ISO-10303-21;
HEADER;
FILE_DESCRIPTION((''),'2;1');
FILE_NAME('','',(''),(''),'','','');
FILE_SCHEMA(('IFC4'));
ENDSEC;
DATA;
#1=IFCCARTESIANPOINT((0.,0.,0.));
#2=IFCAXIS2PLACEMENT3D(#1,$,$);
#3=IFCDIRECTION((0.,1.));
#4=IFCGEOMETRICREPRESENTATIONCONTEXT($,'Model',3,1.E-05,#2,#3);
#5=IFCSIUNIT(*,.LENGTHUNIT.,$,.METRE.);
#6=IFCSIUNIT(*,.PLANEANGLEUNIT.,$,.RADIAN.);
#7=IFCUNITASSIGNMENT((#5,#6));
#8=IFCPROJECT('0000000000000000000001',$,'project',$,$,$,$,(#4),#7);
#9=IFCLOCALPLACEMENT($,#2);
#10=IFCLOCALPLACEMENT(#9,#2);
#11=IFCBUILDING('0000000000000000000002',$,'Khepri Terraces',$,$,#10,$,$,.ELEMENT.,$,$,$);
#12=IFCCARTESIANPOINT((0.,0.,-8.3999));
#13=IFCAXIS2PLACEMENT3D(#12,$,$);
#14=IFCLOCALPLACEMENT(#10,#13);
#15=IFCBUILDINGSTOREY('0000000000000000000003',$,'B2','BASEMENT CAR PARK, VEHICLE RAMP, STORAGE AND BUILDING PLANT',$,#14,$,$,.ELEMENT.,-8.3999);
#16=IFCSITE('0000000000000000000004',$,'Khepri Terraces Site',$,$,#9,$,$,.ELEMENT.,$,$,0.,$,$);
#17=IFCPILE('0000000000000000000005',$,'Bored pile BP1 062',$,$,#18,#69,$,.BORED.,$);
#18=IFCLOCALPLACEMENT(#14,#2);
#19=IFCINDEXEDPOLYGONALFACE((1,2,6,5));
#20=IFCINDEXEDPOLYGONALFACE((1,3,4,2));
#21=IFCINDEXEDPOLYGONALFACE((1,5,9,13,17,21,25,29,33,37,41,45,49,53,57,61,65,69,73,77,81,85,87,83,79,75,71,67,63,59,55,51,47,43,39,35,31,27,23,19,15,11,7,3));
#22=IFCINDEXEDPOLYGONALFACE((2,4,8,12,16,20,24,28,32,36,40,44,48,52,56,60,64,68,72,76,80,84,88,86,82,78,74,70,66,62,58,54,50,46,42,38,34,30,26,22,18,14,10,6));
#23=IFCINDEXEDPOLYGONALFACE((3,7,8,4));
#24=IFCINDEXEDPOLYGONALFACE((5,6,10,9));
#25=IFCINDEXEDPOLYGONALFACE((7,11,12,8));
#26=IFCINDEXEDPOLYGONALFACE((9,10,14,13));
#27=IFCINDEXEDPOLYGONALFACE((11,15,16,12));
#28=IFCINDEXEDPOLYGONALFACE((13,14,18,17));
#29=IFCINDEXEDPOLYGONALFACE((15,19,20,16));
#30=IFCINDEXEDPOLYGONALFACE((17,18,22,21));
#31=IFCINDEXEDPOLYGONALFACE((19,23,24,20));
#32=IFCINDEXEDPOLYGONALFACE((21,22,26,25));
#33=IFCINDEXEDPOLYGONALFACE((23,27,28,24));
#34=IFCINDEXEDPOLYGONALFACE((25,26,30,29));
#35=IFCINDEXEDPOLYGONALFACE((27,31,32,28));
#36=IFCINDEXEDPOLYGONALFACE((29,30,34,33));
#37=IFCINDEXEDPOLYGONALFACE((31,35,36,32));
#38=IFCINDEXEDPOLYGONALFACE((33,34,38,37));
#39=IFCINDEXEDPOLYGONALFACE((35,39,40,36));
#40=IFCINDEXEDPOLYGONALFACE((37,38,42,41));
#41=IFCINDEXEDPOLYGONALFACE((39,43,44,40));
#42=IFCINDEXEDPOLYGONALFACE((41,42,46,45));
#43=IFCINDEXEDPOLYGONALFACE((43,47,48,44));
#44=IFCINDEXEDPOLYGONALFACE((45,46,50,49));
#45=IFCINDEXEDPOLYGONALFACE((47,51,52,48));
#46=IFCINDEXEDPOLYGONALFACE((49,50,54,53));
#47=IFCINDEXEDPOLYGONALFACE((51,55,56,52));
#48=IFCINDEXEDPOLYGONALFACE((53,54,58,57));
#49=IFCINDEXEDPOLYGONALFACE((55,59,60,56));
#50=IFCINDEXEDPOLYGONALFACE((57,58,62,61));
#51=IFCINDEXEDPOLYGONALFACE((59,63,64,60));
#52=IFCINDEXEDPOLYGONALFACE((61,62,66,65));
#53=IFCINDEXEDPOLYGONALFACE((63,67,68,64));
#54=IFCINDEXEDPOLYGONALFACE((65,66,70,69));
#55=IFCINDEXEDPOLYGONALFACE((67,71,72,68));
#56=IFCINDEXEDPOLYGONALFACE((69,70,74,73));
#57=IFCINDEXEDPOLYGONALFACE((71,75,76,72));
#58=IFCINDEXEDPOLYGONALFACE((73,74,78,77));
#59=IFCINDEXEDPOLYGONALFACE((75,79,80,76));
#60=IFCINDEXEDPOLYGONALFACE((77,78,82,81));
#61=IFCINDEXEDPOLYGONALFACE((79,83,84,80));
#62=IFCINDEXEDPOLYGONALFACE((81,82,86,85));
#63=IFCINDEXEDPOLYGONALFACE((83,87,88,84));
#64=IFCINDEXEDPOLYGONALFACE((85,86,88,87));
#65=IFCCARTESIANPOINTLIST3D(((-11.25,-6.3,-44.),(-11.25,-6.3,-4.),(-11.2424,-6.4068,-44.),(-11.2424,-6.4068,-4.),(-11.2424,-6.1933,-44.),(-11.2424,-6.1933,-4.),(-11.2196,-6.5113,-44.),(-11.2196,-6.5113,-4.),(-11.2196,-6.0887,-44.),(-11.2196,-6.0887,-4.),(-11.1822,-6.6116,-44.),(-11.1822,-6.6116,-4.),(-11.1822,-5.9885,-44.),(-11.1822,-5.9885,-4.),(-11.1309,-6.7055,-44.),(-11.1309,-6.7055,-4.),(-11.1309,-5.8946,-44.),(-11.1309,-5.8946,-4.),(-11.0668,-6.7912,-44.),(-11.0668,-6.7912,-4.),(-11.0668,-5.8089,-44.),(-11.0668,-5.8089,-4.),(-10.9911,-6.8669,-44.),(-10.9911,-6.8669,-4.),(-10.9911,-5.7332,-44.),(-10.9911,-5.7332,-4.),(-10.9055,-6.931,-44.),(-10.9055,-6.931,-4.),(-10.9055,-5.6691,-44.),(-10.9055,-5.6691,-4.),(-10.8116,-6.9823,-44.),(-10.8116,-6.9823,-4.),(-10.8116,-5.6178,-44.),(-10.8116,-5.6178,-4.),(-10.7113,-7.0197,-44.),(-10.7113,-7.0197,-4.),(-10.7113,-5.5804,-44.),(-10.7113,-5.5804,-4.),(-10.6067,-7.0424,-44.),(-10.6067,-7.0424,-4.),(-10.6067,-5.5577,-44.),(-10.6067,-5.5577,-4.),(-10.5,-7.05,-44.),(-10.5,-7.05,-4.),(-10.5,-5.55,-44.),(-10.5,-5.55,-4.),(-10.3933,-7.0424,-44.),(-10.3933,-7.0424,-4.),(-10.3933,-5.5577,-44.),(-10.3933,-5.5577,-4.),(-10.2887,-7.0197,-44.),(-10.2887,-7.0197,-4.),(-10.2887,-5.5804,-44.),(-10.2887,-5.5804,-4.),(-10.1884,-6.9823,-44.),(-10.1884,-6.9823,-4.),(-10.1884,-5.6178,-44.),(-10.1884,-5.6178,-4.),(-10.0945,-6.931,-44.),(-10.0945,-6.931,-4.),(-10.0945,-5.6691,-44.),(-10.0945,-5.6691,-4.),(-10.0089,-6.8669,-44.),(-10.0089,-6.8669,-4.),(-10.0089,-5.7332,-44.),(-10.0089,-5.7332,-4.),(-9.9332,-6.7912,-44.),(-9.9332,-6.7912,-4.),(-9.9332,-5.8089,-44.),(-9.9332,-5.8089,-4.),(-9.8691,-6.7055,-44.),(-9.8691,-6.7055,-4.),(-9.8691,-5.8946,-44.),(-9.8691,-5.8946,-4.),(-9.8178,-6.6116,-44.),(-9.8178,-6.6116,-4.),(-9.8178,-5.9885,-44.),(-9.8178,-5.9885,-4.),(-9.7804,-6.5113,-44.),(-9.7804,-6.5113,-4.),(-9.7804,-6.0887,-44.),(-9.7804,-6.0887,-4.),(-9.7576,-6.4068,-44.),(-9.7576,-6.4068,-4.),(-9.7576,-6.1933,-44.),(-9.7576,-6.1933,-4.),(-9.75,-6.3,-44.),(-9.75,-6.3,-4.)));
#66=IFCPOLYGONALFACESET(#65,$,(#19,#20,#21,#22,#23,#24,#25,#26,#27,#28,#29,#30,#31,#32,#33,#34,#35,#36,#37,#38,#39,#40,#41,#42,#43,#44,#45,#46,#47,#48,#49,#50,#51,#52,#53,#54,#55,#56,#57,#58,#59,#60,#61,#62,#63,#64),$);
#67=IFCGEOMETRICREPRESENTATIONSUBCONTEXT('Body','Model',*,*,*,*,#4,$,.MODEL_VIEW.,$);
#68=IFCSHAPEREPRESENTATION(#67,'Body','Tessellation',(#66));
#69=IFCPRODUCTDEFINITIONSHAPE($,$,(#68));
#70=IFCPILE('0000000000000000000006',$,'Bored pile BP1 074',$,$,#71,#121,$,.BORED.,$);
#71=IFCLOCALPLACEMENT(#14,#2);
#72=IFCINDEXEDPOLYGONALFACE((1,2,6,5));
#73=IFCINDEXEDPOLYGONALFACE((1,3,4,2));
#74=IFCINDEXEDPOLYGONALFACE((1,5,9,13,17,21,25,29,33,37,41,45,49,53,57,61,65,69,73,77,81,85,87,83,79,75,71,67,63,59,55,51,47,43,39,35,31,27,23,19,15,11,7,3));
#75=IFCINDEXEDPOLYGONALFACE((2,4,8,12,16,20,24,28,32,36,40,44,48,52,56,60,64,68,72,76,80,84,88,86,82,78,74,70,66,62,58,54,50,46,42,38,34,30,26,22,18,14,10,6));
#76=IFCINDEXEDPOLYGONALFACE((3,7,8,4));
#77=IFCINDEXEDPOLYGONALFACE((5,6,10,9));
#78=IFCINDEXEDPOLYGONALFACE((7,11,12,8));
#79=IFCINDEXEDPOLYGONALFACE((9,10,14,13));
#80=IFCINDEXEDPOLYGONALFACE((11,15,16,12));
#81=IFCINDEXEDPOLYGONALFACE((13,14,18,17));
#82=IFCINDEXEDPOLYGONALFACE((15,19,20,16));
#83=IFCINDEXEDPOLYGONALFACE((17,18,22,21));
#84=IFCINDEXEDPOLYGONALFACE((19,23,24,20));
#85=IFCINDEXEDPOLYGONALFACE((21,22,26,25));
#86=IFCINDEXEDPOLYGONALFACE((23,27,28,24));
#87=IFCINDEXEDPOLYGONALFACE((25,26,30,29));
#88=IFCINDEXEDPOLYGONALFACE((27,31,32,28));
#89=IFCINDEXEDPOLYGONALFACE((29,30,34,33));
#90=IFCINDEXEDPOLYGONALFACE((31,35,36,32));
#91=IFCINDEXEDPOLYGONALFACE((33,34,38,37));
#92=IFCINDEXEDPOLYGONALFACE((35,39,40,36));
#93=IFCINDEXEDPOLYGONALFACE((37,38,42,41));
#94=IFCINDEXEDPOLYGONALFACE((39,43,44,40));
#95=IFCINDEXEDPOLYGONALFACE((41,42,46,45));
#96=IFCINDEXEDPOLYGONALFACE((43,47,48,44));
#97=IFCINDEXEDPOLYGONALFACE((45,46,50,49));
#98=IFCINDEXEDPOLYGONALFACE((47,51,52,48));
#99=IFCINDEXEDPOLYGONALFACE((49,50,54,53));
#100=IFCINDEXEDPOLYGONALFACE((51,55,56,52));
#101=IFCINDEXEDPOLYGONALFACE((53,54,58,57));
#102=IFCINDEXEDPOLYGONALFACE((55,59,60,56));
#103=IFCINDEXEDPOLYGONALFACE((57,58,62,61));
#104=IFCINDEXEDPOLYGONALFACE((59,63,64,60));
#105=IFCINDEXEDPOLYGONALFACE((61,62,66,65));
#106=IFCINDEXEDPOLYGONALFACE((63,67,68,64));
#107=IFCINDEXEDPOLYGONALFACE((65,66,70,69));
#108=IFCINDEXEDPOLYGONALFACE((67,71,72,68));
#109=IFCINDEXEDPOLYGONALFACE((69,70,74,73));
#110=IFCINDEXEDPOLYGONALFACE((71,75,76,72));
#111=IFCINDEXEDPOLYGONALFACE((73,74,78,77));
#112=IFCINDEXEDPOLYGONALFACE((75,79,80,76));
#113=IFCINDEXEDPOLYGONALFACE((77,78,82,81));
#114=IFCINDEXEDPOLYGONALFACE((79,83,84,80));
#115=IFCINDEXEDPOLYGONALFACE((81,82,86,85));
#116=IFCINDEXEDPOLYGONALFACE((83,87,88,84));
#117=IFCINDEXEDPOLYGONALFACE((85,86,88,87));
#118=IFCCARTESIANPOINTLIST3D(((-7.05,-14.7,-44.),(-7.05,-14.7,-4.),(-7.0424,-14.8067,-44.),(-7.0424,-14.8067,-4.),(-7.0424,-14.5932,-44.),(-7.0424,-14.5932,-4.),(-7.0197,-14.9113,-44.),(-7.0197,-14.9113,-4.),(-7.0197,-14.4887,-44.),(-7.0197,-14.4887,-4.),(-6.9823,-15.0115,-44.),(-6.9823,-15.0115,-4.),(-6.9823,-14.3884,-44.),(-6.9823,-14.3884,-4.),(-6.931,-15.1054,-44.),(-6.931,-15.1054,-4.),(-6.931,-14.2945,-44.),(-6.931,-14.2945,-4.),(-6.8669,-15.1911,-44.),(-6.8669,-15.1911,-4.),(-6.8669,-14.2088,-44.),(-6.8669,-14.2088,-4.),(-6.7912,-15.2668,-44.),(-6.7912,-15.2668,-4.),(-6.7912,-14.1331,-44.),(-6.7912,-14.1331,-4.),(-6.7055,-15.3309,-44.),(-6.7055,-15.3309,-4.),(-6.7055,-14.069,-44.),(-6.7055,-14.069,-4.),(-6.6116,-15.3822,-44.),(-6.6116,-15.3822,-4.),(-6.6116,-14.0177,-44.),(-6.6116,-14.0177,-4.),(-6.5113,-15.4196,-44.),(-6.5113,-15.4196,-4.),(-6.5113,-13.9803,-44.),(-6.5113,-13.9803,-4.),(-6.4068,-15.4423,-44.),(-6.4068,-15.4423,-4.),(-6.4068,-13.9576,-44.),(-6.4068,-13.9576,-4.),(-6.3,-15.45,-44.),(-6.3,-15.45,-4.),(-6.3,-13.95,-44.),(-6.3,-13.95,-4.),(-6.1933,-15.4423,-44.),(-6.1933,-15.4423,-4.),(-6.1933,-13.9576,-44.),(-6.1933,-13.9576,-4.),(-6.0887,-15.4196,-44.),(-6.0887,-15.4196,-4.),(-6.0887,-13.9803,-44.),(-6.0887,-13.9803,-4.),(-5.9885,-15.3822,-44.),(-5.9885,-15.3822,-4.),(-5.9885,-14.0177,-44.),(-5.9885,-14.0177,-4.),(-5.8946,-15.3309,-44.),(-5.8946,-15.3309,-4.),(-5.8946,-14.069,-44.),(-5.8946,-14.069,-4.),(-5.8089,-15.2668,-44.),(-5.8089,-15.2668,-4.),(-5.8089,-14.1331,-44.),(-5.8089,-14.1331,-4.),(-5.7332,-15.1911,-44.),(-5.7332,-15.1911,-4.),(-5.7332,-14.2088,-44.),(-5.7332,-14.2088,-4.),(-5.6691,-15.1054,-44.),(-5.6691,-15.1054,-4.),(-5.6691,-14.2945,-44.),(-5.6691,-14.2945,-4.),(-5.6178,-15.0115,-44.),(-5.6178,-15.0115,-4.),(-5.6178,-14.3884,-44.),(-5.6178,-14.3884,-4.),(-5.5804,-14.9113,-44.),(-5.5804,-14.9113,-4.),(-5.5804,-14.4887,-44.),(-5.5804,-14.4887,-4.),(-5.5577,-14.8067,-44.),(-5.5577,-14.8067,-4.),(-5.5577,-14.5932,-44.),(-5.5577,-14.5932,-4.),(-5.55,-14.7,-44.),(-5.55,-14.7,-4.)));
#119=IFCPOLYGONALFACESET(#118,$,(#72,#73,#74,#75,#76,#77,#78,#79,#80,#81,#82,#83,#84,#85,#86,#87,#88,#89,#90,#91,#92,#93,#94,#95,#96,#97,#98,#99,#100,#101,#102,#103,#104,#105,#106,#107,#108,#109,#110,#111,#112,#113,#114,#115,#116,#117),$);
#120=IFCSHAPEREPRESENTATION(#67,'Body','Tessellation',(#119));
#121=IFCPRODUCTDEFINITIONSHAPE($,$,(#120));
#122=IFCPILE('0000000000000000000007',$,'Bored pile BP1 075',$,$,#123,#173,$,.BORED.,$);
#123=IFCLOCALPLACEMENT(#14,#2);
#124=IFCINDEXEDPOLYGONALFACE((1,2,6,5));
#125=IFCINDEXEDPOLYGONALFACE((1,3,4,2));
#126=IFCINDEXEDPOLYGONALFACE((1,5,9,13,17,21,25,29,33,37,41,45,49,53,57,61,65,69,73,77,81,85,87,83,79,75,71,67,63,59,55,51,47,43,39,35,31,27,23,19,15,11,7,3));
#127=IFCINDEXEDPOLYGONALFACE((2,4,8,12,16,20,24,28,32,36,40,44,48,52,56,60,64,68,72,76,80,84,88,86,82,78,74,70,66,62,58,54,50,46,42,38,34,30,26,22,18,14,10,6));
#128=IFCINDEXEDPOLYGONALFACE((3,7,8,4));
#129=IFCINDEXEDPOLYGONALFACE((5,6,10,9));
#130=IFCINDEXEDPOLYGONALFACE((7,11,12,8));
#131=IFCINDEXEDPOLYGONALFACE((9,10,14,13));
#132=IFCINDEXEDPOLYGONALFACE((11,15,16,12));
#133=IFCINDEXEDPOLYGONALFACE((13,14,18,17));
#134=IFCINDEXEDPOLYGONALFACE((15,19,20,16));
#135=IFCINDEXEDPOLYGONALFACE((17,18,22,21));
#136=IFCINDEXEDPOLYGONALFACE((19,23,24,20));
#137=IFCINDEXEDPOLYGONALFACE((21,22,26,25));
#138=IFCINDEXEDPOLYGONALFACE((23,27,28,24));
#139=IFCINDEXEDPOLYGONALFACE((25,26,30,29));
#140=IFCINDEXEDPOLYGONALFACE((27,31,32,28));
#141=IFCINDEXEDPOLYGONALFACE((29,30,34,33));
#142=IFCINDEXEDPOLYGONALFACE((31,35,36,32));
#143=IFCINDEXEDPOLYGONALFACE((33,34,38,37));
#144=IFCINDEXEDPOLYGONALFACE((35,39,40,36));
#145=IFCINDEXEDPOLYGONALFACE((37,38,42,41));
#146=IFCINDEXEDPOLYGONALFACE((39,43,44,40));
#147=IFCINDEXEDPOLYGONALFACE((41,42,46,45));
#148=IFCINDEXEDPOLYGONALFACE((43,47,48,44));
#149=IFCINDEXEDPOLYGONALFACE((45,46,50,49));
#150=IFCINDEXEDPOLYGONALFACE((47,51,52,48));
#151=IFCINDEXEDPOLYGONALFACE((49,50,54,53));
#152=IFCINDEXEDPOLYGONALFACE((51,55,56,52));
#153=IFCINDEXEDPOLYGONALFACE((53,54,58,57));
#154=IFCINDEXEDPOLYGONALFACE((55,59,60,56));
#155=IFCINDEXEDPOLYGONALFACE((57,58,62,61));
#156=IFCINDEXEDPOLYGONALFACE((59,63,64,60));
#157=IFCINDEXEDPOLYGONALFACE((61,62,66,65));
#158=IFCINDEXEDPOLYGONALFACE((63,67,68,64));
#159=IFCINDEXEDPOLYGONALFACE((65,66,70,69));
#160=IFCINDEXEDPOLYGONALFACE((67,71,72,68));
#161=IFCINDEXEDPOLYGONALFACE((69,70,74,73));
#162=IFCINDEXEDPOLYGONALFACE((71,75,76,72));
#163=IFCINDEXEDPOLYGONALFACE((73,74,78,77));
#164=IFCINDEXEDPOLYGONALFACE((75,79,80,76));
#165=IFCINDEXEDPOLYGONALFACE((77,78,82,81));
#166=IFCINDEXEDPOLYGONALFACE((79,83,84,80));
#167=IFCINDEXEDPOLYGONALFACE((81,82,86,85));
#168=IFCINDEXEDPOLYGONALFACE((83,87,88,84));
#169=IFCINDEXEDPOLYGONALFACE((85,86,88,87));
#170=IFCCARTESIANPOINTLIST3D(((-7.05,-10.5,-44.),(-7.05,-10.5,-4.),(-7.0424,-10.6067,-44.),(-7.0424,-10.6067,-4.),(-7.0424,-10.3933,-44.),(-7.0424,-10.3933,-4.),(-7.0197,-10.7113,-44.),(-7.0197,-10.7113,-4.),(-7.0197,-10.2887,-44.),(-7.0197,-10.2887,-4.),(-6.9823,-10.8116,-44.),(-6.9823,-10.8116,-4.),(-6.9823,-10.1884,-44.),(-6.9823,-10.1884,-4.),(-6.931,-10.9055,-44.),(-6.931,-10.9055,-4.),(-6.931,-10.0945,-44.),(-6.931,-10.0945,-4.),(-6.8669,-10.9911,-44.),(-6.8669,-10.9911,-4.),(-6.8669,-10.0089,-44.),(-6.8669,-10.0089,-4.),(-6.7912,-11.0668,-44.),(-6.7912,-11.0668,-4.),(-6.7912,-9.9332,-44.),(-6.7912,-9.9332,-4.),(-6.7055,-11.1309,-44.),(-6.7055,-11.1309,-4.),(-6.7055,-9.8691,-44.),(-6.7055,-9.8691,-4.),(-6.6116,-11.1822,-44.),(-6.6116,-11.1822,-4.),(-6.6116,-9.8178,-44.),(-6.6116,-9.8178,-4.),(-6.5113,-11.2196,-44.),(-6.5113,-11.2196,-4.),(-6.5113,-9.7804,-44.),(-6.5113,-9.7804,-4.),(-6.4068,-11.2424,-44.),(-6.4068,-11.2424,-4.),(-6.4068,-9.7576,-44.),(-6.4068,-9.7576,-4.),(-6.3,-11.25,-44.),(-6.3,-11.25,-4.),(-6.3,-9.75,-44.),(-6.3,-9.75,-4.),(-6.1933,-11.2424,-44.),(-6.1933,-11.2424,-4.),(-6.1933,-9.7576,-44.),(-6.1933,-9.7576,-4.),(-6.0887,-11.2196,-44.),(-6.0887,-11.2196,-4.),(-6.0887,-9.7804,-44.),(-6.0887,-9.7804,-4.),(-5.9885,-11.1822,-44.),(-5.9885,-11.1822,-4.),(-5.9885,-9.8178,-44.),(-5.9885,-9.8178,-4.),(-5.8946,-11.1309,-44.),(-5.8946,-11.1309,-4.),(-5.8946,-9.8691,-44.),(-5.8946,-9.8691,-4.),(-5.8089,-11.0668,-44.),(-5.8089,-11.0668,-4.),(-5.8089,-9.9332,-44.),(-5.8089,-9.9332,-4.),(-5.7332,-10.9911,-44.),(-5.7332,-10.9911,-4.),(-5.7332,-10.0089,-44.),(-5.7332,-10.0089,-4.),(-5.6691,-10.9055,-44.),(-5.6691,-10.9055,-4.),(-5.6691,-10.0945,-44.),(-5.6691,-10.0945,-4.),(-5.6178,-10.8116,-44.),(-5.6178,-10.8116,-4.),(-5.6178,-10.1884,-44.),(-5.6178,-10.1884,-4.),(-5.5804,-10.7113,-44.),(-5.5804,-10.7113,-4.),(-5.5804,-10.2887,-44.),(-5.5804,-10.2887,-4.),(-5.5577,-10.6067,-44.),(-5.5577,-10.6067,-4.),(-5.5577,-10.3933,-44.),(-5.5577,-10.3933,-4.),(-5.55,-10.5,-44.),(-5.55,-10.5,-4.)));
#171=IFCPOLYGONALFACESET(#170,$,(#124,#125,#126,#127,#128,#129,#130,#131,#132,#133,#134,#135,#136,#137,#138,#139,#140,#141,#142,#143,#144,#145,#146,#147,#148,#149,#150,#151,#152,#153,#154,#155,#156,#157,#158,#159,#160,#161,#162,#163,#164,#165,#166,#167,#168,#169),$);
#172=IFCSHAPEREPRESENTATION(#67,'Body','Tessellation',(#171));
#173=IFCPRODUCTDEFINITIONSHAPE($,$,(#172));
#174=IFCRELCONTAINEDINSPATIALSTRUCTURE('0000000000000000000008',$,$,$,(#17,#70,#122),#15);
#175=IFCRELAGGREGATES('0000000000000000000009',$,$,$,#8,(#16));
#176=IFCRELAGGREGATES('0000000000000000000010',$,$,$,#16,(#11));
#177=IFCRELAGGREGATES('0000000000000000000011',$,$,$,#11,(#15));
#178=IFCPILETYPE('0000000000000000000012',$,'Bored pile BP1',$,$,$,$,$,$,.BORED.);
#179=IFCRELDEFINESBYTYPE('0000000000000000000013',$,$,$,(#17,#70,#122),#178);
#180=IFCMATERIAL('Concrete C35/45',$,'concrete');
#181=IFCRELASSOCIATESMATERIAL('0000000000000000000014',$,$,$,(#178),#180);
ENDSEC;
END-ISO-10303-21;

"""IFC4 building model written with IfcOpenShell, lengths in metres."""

from ifc_helpers import new_model, si_unit, direction, frame, origin, origin_2d, place, context, subcontext, project, spatial, circle, extrude, material, material_profile, profile_set, type_object, element, save


model = new_model("IFC4")

# Units and contexts
model_context = context("Model", 3, precision=1e-05, world=origin(), true_north=direction((0.0, 1.0)))
body_context = subcontext(model_context, "Body", "Model", "MODEL_VIEW")
ifc_project = project(units=[si_unit("LENGTHUNIT", "METRE"), si_unit("PLANEANGLEUNIT", "RADIAN")], contexts=[model_context])

# Site, building, storey
site_placement = place(None, origin())
site = spatial("IfcSite", under=ifc_project, at=site_placement, Name="Khepri Terraces Site", CompositionType="ELEMENT", RefElevation=0.0)
building_placement = place(site_placement, origin())
building = spatial("IfcBuilding", under=site, at=building_placement, Name="Khepri Terraces", CompositionType="ELEMENT")
storey_placement = place(building_placement, frame((0.0, 0.0, -8.3999)))
storey = spatial("IfcBuildingStorey", under=building, at=storey_placement, Name="B2", Description="BASEMENT CAR PARK, VEHICLE RAMP, STORAGE AND BUILDING PLANT", CompositionType="ELEMENT", Elevation=-8.3999)

# Piles
ifc_material_1 = material(Name="Concrete C35/45", Category="concrete")
ifc_material_profile_1 = material_profile(ifc_material_1, circle(Radius=0.75, at=origin_2d()), Name="Concrete C35/45", Category="concrete")
ifc_profile_set_1 = profile_set([ifc_material_profile_1], Name="Concrete C35/45")
pile_type = type_object("IfcPileType", Name="Bored pile BP1", PredefinedType="BORED", material=ifc_profile_set_1)
for number, where, z_axis, x_axis, name in (
    (1, (-10.5, -6.3, -4.0), (0.0, 0.0, -1.0), (1.0, 0.0, 0.0), "Bored pile BP1 062"),
    (2, (-6.3, -14.7, -4.0), (0.0, 0.0, -1.0), (1.0, 0.0, 0.0), "Bored pile BP1 074"),
    (3, (-6.3, -10.5, -4.0), (0.0, 0.0, -1.0), (1.0, 0.0, 0.0), "Bored pile BP1 075"),
):
    element("IfcPile", number, at=place(storey_placement, frame(where, z_axis=z_axis, x_axis=x_axis)), inside=storey, type_object=pile_type, Name=name, PredefinedType="BORED", context=body_context, shape_type="SweptSolid", body=[
        extrude(circle(Radius=0.75, at=origin_2d()), origin(), (0.0, 0.0, 1.0), 40.0),
    ])

save(model, "model.ifc")
